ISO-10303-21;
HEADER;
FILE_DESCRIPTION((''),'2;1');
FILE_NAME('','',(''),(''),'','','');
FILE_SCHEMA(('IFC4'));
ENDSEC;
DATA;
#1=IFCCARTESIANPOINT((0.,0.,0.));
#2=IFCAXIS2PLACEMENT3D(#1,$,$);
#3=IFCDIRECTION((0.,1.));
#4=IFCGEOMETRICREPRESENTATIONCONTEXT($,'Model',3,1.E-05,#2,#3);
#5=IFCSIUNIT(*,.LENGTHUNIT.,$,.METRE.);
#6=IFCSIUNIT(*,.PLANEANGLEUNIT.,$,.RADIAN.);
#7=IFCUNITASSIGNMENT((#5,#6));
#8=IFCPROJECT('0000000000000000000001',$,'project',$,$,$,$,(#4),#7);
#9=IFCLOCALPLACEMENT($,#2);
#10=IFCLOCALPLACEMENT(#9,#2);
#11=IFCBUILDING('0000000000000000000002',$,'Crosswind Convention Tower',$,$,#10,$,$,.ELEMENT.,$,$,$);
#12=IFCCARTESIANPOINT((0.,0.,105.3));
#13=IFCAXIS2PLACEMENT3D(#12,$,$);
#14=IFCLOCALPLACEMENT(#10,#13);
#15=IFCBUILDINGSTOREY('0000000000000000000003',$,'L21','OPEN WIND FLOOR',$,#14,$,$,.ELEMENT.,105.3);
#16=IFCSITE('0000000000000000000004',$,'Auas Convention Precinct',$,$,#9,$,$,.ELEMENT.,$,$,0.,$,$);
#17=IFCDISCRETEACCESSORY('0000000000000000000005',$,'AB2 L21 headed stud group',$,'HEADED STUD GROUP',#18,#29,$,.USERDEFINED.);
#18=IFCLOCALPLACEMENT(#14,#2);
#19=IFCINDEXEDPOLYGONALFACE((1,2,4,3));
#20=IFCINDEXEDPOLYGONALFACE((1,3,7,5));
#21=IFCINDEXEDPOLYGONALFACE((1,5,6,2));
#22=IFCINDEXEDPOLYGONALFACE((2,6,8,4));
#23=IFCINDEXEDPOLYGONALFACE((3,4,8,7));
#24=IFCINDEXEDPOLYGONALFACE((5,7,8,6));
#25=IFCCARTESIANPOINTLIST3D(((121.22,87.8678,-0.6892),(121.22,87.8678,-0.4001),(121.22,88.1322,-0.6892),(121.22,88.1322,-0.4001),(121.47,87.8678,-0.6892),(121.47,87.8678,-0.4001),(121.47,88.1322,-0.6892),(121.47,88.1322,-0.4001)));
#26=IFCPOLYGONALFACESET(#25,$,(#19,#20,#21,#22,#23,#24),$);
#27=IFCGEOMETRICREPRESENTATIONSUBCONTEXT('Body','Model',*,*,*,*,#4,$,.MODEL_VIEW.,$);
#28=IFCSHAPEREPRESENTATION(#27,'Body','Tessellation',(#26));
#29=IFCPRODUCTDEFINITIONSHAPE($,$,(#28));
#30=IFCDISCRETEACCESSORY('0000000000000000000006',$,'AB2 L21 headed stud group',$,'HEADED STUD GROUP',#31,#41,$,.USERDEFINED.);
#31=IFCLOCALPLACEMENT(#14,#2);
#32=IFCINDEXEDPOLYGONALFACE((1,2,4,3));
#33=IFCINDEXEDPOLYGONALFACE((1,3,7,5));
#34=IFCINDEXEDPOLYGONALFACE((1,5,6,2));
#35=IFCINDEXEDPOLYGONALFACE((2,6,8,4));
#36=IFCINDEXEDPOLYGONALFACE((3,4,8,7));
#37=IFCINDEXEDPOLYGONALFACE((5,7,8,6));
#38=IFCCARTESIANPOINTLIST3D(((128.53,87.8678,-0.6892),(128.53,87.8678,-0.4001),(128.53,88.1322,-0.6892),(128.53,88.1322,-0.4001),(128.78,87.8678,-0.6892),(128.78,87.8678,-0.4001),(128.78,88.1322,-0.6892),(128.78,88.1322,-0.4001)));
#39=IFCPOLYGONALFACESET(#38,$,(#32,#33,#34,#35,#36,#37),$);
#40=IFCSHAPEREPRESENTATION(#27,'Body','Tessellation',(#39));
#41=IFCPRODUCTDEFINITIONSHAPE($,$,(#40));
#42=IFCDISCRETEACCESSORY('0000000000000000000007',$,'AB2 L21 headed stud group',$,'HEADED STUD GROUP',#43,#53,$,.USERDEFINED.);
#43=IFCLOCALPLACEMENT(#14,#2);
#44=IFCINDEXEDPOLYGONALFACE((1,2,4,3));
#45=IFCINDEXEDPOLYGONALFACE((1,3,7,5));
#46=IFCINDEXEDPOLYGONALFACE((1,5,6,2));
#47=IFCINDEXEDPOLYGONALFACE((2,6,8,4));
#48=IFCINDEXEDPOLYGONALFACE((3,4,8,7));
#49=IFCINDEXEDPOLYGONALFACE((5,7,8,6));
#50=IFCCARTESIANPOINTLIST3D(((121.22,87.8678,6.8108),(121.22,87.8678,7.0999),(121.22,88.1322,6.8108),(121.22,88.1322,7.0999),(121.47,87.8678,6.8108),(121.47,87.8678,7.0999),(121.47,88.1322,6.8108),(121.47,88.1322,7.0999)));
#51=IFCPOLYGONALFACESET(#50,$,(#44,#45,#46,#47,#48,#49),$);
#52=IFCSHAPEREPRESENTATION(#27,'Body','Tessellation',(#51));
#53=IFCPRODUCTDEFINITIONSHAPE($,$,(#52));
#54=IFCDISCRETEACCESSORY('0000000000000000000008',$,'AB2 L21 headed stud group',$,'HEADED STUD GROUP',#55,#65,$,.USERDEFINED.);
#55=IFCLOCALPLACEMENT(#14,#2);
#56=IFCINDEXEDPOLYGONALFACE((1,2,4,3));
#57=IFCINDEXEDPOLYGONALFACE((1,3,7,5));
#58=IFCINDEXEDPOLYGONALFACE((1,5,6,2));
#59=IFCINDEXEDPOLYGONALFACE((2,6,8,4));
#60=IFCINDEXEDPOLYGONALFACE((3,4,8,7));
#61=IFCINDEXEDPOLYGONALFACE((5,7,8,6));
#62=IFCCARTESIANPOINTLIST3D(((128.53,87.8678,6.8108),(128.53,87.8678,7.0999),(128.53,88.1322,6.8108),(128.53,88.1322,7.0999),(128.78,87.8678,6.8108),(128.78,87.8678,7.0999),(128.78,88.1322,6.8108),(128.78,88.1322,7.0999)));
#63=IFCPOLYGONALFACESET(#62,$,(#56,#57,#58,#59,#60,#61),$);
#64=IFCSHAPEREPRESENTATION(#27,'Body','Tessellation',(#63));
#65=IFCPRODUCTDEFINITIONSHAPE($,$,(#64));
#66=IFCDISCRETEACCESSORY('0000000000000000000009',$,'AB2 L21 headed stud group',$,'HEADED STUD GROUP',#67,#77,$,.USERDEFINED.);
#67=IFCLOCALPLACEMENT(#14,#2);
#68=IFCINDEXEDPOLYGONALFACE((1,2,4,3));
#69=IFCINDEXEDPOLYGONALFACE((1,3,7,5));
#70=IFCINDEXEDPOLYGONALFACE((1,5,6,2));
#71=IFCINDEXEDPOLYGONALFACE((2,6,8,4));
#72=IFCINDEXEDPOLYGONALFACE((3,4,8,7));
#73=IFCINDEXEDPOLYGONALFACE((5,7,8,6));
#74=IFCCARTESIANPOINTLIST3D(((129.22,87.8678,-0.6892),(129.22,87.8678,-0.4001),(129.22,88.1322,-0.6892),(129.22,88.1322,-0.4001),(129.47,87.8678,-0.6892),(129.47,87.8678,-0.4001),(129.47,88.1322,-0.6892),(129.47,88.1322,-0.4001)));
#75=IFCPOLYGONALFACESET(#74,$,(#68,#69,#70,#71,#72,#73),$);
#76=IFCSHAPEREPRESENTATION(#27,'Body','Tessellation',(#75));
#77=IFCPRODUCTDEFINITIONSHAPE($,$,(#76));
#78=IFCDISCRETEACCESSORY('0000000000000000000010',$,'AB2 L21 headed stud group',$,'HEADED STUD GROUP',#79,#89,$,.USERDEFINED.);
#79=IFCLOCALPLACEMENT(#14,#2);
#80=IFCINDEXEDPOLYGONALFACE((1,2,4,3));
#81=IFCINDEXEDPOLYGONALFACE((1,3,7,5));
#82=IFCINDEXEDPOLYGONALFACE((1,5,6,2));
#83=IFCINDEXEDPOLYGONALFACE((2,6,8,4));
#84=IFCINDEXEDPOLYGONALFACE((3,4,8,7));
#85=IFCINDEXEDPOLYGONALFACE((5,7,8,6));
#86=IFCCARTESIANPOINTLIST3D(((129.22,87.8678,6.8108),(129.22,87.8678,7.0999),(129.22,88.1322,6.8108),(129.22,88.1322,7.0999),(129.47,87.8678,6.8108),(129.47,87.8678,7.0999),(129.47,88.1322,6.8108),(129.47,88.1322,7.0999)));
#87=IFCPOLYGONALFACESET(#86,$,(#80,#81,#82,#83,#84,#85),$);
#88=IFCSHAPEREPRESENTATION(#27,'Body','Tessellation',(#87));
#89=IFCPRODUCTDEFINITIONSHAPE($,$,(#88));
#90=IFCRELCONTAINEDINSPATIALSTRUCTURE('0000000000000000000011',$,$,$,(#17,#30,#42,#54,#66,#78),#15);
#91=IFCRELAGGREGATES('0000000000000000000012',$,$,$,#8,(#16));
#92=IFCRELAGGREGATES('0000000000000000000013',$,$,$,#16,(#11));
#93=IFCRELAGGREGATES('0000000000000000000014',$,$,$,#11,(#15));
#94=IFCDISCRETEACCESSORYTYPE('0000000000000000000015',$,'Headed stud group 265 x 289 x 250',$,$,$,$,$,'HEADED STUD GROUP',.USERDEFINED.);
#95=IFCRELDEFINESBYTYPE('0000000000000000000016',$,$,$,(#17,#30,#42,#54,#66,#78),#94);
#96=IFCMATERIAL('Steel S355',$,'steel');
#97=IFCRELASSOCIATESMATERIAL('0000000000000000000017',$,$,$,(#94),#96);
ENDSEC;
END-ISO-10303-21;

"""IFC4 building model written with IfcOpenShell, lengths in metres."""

from ifc_helpers import new_model, si_unit, direction, frame, origin, origin_2d, place, context, subcontext, project, spatial, rectangle, extrude, material, type_object, element, save


model = new_model("IFC4")

# Units and contexts
model_context = context("Model", 3, precision=1e-05, world=origin(), true_north=direction((0.0, 1.0)))
body_context = subcontext(model_context, "Body", "Model", "MODEL_VIEW")
ifc_project = project(units=[si_unit("LENGTHUNIT", "METRE"), si_unit("PLANEANGLEUNIT", "RADIAN")], contexts=[model_context])

# Site, building, storey
site_placement = place(None, origin())
site = spatial("IfcSite", under=ifc_project, at=site_placement, Name="Auas Convention Precinct", CompositionType="ELEMENT", RefElevation=0.0)
building_placement = place(site_placement, origin())
building = spatial("IfcBuilding", under=site, at=building_placement, Name="Crosswind Convention Tower", CompositionType="ELEMENT")
storey_placement = place(building_placement, frame((0.0, 0.0, 105.3)))
storey = spatial("IfcBuildingStorey", under=building, at=storey_placement, Name="L21", Description="OPEN WIND FLOOR", CompositionType="ELEMENT", Elevation=105.3)

# Shared definitions
ifc_material_1 = material(Name="Steel S355", Category="steel")

# Discrete accessories
discrete_accessory_type_1 = type_object("IfcDiscreteAccessoryType", Name="Headed stud group 265 x 289 x 250", ElementType="HEADED STUD GROUP", PredefinedType="USERDEFINED", material=ifc_material_1)
for number, where, z_axis, x_axis, name in (
    (1, (121.345, 88.0, -0.6892), (0.0, 0.0, 1.0), (1.0, 0.0, 0.0), "AB2 L21 headed stud group"),
    (2, (128.655, 88.0, -0.6892), (0.0, 0.0, 1.0), (1.0, 0.0, 0.0), "AB2 L21 headed stud group"),
    (3, (121.345, 88.0, 6.8108), (0.0, 0.0, 1.0), (1.0, 0.0, 0.0), "AB2 L21 headed stud group"),
    (4, (128.655, 88.0, 6.8108), (0.0, 0.0, 1.0), (1.0, 0.0, 0.0), "AB2 L21 headed stud group"),
    (5, (129.345, 88.0, -0.6892), (0.0, 0.0, 1.0), (1.0, 0.0, 0.0), "AB2 L21 headed stud group"),
    (6, (129.345, 88.0, 6.8108), (0.0, 0.0, 1.0), (1.0, 0.0, 0.0), "AB2 L21 headed stud group"),
):
    element("IfcDiscreteAccessory", number, at=place(storey_placement, frame(where, z_axis=z_axis, x_axis=x_axis)), inside=storey, type_object=discrete_accessory_type_1, Name=name, ObjectType="HEADED STUD GROUP", PredefinedType="USERDEFINED", context=body_context, shape_type="SweptSolid", body=[
        extrude(rectangle(XDim=0.25, YDim=0.2644, at=origin_2d()), origin(), (0.0, 0.0, 1.0), 0.2891),
    ])

save(model, "model.ifc")
